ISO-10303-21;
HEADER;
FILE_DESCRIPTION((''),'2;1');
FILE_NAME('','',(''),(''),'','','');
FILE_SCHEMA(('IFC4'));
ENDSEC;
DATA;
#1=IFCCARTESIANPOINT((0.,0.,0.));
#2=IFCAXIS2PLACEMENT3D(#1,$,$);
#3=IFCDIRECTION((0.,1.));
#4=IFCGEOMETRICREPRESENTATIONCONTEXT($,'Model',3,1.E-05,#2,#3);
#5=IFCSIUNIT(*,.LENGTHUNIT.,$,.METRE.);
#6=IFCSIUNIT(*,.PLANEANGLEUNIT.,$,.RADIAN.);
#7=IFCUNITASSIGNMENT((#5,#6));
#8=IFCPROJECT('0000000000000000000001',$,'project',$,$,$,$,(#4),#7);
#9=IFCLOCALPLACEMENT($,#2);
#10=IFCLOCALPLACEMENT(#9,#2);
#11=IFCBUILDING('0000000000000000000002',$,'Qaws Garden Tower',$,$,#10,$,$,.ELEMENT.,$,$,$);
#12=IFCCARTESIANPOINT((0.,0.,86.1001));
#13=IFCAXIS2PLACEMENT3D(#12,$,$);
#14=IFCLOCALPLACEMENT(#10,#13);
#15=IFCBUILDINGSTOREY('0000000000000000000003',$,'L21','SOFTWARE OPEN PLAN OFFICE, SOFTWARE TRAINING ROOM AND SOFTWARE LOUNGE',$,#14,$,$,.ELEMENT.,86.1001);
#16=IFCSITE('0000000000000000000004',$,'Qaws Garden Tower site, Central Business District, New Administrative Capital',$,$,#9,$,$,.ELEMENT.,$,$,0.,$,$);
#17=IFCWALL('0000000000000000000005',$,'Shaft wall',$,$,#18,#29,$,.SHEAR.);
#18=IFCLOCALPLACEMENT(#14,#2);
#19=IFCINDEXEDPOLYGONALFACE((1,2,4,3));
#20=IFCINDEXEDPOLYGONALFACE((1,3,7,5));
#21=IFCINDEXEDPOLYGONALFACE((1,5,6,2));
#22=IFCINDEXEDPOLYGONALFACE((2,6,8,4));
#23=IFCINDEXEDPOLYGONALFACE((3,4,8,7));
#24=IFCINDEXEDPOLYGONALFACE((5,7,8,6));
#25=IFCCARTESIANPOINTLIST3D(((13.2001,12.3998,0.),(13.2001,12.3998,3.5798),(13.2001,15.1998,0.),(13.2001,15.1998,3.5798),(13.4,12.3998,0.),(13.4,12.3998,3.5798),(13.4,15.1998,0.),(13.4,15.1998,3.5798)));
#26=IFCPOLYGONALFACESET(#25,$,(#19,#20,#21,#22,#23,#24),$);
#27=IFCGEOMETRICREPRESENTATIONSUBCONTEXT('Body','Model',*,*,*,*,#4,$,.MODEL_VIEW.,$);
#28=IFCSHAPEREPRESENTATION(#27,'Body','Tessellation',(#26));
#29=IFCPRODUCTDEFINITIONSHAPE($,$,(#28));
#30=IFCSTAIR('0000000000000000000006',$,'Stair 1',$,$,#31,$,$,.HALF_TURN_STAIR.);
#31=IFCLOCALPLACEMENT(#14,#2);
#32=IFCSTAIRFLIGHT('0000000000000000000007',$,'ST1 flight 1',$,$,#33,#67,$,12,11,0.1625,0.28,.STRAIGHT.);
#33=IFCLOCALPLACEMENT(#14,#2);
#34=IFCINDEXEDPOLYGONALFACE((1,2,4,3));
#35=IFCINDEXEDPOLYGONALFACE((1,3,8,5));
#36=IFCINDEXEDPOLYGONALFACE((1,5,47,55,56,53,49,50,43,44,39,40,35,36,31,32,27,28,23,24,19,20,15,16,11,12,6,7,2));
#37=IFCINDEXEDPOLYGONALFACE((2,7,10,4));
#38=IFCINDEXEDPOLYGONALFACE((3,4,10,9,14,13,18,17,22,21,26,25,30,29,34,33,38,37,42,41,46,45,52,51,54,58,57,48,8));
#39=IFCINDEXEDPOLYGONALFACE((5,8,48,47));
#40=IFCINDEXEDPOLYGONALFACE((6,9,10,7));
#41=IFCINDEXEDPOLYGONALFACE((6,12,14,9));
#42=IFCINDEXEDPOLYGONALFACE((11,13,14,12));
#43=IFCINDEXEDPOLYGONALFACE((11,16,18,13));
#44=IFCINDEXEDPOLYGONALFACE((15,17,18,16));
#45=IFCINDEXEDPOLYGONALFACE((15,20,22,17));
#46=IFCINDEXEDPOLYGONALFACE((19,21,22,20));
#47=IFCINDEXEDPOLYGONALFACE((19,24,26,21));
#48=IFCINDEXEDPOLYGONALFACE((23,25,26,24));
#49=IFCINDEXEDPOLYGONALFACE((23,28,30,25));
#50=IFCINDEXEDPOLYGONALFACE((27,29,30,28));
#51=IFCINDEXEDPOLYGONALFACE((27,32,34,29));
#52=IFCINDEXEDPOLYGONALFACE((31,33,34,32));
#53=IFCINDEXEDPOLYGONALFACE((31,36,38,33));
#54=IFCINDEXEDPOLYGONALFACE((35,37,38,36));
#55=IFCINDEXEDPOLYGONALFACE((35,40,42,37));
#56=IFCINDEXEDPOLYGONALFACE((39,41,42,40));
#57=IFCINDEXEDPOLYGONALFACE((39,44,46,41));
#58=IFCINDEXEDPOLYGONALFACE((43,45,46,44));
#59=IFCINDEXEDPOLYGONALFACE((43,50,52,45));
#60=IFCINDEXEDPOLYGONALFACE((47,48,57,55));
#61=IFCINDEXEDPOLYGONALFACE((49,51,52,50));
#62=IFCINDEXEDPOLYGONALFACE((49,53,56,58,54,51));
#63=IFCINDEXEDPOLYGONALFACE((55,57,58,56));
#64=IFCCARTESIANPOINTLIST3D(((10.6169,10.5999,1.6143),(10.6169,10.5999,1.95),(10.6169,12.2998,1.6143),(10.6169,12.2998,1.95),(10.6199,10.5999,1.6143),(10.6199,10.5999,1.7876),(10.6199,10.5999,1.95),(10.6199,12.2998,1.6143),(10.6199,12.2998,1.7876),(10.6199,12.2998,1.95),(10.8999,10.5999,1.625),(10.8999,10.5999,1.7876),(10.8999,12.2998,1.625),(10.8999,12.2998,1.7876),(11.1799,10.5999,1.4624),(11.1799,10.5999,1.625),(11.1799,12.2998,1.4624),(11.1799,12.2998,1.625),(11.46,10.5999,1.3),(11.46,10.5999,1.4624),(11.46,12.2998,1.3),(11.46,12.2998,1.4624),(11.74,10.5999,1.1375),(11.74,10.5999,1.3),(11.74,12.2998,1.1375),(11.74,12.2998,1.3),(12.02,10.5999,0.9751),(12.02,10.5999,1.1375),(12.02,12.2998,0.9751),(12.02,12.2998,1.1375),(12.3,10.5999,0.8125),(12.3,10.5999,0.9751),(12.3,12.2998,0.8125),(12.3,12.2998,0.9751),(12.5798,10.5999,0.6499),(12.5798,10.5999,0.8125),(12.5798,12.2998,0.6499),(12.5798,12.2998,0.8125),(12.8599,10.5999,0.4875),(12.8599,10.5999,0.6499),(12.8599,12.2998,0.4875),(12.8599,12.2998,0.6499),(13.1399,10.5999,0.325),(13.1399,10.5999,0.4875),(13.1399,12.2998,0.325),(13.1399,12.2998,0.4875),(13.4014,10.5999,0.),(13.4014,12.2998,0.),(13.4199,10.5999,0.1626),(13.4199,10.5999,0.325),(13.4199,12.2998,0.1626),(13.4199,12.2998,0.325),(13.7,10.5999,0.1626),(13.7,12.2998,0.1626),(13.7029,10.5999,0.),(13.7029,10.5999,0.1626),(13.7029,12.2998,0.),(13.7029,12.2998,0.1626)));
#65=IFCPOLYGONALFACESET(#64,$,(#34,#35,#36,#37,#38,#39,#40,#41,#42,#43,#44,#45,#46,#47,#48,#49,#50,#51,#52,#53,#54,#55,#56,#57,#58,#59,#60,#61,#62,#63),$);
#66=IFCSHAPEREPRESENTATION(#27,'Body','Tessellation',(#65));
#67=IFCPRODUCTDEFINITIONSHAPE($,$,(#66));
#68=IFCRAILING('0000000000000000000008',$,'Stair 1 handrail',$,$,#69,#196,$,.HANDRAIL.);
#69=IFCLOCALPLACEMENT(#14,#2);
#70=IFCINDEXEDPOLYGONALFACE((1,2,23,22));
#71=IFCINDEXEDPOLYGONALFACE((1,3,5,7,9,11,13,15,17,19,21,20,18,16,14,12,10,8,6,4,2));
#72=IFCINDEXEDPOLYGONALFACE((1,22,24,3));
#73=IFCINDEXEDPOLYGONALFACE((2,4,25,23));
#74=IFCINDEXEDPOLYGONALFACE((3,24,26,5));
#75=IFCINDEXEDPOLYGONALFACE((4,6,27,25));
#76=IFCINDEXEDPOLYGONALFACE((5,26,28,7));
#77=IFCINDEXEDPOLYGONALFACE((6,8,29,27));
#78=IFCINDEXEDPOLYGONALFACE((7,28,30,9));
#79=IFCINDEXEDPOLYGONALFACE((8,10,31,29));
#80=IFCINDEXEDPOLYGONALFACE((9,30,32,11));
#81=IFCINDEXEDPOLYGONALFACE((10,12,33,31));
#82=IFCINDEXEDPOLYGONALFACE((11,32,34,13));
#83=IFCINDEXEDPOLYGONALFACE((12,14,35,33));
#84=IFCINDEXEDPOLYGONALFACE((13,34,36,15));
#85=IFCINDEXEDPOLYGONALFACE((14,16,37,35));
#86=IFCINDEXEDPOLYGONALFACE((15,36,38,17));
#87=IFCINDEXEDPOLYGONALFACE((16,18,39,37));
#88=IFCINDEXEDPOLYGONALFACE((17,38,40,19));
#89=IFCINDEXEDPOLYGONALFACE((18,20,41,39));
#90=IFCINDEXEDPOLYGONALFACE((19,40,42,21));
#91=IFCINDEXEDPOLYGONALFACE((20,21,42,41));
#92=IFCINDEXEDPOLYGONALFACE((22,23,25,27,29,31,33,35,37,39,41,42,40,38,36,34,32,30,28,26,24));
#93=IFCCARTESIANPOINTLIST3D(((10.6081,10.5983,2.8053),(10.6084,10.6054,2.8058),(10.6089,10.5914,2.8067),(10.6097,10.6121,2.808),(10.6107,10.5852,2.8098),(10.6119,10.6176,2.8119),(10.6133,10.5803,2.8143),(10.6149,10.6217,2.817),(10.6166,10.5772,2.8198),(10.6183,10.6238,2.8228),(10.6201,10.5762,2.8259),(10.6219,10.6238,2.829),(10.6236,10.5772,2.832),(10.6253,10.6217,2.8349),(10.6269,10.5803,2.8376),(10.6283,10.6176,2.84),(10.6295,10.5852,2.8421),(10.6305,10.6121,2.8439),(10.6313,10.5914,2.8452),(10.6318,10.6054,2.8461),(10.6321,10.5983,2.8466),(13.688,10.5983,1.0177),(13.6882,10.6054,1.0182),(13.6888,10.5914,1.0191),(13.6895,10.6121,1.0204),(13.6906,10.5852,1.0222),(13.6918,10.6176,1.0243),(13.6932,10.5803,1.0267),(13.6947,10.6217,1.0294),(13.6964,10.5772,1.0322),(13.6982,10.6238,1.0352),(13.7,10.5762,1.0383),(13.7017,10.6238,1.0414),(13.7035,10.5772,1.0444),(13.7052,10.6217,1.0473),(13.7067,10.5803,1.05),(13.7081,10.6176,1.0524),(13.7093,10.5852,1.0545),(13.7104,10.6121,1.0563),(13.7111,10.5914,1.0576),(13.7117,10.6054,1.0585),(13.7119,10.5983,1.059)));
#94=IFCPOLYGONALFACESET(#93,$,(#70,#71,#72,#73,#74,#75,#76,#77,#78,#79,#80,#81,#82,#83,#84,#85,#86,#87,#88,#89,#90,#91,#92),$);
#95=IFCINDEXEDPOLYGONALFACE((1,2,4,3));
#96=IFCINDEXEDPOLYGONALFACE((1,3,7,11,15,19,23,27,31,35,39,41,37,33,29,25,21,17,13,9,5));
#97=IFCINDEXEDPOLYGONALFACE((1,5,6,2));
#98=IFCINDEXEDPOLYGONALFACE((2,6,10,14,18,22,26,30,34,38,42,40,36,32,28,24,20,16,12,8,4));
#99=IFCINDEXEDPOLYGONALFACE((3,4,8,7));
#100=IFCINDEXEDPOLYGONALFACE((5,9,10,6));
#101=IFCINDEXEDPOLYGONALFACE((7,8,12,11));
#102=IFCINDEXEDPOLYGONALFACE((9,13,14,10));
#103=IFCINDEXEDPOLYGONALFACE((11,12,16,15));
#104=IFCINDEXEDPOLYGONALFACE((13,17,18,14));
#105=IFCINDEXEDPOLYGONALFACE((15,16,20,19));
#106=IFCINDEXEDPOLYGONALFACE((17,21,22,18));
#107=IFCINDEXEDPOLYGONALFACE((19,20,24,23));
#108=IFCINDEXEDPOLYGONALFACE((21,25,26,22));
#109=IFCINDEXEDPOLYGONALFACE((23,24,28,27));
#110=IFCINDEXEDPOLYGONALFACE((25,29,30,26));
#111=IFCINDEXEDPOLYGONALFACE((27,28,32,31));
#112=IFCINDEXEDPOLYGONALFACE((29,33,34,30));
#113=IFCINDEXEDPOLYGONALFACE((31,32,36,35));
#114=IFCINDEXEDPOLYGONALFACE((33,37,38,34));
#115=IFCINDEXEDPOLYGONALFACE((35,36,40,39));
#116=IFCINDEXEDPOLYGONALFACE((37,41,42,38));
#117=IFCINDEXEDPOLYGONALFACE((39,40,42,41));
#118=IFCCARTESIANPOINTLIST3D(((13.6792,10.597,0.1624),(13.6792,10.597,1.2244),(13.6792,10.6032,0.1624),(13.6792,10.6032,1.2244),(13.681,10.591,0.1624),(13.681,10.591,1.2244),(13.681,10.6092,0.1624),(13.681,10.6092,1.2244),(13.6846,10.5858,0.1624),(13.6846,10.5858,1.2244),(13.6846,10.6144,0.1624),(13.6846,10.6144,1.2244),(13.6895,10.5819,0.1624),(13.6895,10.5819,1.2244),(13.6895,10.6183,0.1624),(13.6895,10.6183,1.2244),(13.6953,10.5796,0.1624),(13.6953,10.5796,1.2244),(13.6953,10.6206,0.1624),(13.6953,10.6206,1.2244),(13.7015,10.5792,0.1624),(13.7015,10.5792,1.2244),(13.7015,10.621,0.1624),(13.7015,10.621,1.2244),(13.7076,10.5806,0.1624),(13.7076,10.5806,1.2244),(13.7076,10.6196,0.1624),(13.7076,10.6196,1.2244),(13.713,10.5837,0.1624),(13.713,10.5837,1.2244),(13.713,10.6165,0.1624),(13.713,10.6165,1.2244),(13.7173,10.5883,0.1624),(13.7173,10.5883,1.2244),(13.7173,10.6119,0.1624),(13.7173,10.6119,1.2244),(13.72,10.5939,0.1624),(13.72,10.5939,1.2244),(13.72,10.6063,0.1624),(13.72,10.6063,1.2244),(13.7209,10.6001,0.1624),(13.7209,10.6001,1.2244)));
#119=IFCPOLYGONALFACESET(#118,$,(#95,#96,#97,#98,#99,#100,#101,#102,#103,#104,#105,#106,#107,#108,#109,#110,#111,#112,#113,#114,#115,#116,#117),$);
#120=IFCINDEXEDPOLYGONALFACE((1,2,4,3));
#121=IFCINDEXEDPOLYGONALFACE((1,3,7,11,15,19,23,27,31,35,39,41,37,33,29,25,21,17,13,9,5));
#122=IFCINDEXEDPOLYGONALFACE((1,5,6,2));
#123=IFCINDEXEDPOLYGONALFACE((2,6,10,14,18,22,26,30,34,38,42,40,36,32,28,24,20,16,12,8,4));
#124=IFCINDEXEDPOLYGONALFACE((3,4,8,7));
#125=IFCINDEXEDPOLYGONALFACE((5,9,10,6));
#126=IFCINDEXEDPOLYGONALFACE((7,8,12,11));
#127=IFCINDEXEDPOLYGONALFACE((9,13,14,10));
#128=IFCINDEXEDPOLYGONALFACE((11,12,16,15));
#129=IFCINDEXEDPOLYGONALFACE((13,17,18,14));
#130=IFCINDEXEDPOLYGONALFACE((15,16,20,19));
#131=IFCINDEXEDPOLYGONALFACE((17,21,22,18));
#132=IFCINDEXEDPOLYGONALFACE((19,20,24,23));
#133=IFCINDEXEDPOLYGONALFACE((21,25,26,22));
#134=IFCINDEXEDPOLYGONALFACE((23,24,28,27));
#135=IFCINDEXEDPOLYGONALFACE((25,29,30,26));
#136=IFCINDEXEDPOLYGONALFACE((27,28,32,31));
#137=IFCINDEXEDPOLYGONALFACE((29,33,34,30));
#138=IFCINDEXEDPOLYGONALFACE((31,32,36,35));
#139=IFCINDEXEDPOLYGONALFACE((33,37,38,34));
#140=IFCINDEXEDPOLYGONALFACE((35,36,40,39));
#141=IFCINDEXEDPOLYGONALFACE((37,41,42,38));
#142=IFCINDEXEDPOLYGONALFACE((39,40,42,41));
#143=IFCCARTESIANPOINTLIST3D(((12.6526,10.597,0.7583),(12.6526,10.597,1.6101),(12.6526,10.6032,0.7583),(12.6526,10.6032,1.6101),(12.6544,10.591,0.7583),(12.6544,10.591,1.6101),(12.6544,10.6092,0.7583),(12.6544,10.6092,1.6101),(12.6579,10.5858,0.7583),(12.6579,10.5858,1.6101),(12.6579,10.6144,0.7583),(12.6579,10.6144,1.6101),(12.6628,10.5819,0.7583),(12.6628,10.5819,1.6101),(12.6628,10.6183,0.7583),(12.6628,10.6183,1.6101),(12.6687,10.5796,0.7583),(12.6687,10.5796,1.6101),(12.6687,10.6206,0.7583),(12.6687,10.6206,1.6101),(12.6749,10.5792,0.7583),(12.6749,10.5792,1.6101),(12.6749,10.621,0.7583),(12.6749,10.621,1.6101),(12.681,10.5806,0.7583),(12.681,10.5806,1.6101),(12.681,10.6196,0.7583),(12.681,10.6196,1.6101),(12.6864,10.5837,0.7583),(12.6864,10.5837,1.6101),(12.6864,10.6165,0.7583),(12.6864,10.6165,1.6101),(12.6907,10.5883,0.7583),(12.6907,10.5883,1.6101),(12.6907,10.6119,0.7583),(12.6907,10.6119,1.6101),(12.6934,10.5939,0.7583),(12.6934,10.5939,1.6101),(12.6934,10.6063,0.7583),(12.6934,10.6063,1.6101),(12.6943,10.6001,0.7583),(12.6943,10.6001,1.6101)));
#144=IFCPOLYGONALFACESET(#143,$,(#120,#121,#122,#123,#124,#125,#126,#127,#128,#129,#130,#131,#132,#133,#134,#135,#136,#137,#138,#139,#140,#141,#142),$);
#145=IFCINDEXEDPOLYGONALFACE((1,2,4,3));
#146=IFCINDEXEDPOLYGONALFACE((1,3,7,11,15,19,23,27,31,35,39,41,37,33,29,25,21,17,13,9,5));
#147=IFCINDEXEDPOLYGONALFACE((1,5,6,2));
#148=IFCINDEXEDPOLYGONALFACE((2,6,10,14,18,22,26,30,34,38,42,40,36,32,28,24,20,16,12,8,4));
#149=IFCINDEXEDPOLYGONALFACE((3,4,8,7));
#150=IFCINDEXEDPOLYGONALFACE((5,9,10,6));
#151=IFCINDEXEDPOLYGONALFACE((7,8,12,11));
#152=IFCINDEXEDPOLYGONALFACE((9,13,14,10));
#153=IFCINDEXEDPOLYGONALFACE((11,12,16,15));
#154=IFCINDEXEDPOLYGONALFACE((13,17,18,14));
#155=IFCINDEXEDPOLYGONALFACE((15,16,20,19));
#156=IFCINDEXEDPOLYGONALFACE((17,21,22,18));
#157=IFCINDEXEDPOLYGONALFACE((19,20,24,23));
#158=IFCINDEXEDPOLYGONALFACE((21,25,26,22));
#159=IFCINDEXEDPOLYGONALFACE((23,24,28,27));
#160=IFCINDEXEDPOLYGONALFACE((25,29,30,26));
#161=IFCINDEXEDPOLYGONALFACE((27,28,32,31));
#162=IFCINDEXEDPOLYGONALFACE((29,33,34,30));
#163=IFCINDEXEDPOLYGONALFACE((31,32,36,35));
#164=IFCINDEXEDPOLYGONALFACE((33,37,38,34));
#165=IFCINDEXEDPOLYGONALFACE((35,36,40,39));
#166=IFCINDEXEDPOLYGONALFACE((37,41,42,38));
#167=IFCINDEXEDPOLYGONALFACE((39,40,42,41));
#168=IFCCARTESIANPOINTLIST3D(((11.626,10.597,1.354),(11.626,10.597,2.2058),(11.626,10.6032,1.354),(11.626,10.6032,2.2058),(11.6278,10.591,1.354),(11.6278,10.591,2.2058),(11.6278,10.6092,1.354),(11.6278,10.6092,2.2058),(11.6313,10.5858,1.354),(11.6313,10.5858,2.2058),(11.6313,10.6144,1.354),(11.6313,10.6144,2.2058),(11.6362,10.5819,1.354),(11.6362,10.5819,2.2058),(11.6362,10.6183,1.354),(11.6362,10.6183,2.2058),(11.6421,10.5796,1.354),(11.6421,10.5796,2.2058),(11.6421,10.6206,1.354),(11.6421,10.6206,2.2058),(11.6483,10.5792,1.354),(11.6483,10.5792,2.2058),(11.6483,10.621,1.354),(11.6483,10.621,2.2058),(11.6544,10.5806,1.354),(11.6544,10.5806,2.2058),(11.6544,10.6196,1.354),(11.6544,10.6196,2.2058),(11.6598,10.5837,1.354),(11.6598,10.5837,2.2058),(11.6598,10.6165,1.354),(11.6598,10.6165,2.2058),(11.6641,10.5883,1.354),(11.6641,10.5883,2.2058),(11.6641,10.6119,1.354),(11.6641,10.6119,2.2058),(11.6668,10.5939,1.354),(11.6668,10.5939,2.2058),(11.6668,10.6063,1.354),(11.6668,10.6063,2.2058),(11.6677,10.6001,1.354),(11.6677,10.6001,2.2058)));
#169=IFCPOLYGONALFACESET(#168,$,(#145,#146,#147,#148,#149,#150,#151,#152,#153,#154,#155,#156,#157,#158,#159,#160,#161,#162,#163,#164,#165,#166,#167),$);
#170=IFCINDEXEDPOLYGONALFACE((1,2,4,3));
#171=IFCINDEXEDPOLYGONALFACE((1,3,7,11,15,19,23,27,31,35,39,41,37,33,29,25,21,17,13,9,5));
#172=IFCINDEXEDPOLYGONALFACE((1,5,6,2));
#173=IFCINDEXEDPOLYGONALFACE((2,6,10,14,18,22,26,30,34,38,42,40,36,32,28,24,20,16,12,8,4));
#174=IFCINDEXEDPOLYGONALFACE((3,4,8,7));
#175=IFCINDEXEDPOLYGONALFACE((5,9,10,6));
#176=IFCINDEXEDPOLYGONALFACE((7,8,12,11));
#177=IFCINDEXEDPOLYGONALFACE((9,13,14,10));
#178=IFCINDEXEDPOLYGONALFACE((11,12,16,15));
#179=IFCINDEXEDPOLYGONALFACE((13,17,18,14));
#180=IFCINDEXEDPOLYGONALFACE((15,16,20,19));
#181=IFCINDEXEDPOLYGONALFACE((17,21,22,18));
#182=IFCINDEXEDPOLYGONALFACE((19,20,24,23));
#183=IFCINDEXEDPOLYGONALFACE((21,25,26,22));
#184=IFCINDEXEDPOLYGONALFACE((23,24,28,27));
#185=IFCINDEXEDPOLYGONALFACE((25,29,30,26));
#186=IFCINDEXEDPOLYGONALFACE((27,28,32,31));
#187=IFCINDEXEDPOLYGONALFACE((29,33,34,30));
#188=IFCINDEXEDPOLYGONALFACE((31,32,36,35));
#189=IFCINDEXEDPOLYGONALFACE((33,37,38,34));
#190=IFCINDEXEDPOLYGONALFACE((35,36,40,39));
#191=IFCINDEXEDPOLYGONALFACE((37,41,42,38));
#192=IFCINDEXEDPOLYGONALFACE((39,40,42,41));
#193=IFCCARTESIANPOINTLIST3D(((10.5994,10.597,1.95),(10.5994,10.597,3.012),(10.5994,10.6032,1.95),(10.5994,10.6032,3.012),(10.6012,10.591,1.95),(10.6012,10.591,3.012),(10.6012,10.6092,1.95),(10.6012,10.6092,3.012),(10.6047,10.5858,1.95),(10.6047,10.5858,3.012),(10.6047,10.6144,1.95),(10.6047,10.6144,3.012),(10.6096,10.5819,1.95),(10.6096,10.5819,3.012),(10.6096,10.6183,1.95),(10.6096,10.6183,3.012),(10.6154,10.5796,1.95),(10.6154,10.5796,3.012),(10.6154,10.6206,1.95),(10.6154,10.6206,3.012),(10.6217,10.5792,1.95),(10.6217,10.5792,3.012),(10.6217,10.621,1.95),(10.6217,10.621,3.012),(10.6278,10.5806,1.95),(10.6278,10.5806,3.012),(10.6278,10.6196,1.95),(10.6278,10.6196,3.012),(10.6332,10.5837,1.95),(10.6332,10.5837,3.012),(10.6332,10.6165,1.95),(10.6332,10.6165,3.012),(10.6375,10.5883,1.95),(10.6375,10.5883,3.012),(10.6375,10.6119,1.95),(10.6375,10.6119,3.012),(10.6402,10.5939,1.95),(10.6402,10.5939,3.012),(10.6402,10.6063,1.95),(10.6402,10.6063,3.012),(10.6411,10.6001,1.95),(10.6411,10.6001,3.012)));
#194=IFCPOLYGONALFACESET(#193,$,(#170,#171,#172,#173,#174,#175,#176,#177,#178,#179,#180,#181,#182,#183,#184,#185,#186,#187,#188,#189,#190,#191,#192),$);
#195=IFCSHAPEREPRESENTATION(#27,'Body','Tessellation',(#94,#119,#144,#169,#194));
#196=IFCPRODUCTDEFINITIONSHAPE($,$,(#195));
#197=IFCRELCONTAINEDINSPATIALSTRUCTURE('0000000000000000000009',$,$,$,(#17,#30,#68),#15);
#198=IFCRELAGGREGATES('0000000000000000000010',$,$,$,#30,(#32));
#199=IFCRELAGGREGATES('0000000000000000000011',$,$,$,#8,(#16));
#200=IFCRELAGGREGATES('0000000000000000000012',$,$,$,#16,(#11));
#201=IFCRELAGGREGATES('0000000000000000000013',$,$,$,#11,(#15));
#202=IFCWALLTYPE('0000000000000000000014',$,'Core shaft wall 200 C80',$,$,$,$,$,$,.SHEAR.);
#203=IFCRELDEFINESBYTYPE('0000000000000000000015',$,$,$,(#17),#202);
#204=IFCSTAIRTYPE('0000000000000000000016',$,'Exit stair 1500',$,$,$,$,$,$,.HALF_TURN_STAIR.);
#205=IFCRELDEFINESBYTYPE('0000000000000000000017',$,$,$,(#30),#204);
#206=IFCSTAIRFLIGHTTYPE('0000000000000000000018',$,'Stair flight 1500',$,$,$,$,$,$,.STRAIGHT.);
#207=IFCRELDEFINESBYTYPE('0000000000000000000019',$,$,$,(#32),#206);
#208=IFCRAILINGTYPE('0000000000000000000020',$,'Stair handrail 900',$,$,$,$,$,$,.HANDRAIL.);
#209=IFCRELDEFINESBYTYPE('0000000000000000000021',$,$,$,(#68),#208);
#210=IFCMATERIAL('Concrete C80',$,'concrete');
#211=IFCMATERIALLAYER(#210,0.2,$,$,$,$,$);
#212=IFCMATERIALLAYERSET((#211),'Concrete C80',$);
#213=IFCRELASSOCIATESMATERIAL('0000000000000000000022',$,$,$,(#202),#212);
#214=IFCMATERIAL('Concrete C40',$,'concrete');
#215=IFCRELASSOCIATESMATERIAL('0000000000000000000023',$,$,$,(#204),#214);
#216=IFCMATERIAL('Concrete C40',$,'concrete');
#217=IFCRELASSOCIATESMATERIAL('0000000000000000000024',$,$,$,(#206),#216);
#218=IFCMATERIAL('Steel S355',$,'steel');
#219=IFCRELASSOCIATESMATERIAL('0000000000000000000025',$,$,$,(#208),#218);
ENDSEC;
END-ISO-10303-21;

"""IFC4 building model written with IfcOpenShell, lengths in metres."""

from ifc_helpers import new_model, si_unit, direction, frame, frame_2d, origin, origin_2d, place, context, subcontext, project, spatial, polyline, rectangle, circle, outline, extrude, material, layer, layer_set, type_object, element, aggregate, save


model = new_model("IFC4")

# Units and contexts
model_context = context("Model", 3, precision=1e-05, world=origin(), true_north=direction((0.0, 1.0)))
body_context = subcontext(model_context, "Body", "Model", "MODEL_VIEW")
ifc_project = project(units=[si_unit("LENGTHUNIT", "METRE"), si_unit("PLANEANGLEUNIT", "RADIAN")], contexts=[model_context])

# Site, building, storey
site_placement = place(None, origin())
site = spatial("IfcSite", under=ifc_project, at=site_placement, Name="Qaws Garden Tower site, Central Business District, New Administrative Capital", CompositionType="ELEMENT", RefElevation=0.0)
building_placement = place(site_placement, origin())
building = spatial("IfcBuilding", under=site, at=building_placement, Name="Qaws Garden Tower", CompositionType="ELEMENT")
storey_placement = place(building_placement, frame((0.0, 0.0, 86.1001)))
storey = spatial("IfcBuildingStorey", under=building, at=storey_placement, Name="L21", Description="SOFTWARE OPEN PLAN OFFICE, SOFTWARE TRAINING ROOM AND SOFTWARE LOUNGE", CompositionType="ELEMENT", Elevation=86.1001)

# Shared definitions
ifc_material_1 = material(Name="Concrete C80", Category="concrete")
ifc_layer_1 = layer(ifc_material_1, 0.2)
ifc_layer_set_1 = layer_set([ifc_layer_1], Name="Concrete C80")
wall_type_1 = type_object("IfcWallType", Name="Core shaft wall 200 C80", PredefinedType="SHEAR", material=ifc_layer_set_1)

# Wall
wall_1_placement = place(storey_placement, frame((13.3, 12.3999, 0.0), z_axis=(0.0, 0.0, 1.0), x_axis=(0.0, 1.0, 0.0)))
element("IfcWall", 1, at=wall_1_placement, inside=storey, type_object=wall_type_1, Name="Shaft wall", PredefinedType="SHEAR", context=body_context, shape_type="SweptSolid", body=[
    extrude(rectangle(XDim=2.8, YDim=0.2, at=frame_2d((1.3999, 0.0))), origin(), (0.0, 0.0, 1.0), 3.5798),
])

# Stair, stair flight
ifc_material_2 = material(Name="Concrete C40", Category="concrete")
stair_type = type_object("IfcStairType", Name="Exit stair 1500", PredefinedType="HALF_TURN_STAIR", material=ifc_material_2)
stair_placement = place(storey_placement, origin())
stair = element("IfcStair", 2, at=stair_placement, inside=storey, type_object=stair_type, Name="Stair 1", PredefinedType="HALF_TURN_STAIR")
ifc_material_3 = material(Name="Concrete C40", Category="concrete")
stair_flight_type = type_object("IfcStairFlightType", Name="Stair flight 1500", PredefinedType="STRAIGHT", material=ifc_material_3)
stair_flight_placement = place(storey_placement, frame((13.7, 11.45, 0.0), z_axis=(0.0, 0.0, 1.0), x_axis=(-1.0, 0.0, 0.0)))
stair_flight = element("IfcStairFlight", 3, at=stair_flight_placement, type_object=stair_flight_type, Name="ST1 flight 1", NumberOfRisers=12, NumberOfTreads=11, PredefinedType="STRAIGHT", RiserHeight=0.1625, TreadLength=0.28, context=body_context, shape_type="SweptSolid", body=[
    extrude(outline(polyline([(-0.0029, 0.0), (-0.0029, 0.1626), (0.0, 0.1626), (0.28, 0.1626), (0.28, 0.325), (0.5601, 0.325), (0.5601, 0.4875), (0.8401, 0.4875), (0.8401, 0.6499), (1.1201, 0.6499), (1.1201, 0.8125), (1.3999, 0.8125), (1.3999, 0.9751), (1.6799, 0.9751), (1.6799, 1.1375), (1.96, 1.1375), (1.96, 1.3), (2.24, 1.3), (2.24, 1.4624), (2.52, 1.4624), (2.52, 1.625), (2.8, 1.625), (2.8, 1.7876), (3.0801, 1.7876), (3.0801, 1.95), (3.083, 1.95), (3.083, 1.6143), (3.0801, 1.6143), (0.2986, 0.0), (-0.0029, 0.0)])), frame((0.0, 0.8501, 0.0), z_axis=(0.0, -1.0, 0.0), x_axis=(1.0, 0.0, 0.0)), (0.0, 0.0, 1.0), 1.7),
])
aggregate(stair, [stair_flight])

# Railing
ifc_material_4 = material(Name="Steel S355", Category="steel")
railing_type = type_object("IfcRailingType", Name="Stair handrail 900", PredefinedType="HANDRAIL", material=ifc_material_4)
railing_placement = place(storey_placement, frame((13.7, 10.6001, 0.1624)))
element("IfcRailing", 4, at=railing_placement, inside=storey, type_object=railing_type, Name="Stair 1 handrail", PredefinedType="HANDRAIL", context=body_context, shape_type="SweptSolid", body=[
    extrude(circle(Radius=0.0239, at=origin_2d()), frame((0.0, 0.0, 0.876), z_axis=(-0.864873, 0.0, 0.50199), x_axis=(0.0, -1.0, 0.0)), (0.0, 0.0, 1.0), 3.561),
    extrude(circle(Radius=0.021, at=origin_2d()), origin(), (0.0, 0.0, 1.0), 1.062),
    extrude(circle(Radius=0.021, at=origin_2d()), frame((-1.0266, 0.0, 0.5959)), (0.0, 0.0, 1.0), 0.8518),
    extrude(circle(Radius=0.021, at=origin_2d()), frame((-2.0532, 0.0, 1.1917)), (0.0, 0.0, 1.0), 0.8518),
    extrude(circle(Radius=0.021, at=origin_2d()), frame((-3.0798, 0.0, 1.7876)), (0.0, 0.0, 1.0), 1.062),
])

save(model, "model.ifc")
